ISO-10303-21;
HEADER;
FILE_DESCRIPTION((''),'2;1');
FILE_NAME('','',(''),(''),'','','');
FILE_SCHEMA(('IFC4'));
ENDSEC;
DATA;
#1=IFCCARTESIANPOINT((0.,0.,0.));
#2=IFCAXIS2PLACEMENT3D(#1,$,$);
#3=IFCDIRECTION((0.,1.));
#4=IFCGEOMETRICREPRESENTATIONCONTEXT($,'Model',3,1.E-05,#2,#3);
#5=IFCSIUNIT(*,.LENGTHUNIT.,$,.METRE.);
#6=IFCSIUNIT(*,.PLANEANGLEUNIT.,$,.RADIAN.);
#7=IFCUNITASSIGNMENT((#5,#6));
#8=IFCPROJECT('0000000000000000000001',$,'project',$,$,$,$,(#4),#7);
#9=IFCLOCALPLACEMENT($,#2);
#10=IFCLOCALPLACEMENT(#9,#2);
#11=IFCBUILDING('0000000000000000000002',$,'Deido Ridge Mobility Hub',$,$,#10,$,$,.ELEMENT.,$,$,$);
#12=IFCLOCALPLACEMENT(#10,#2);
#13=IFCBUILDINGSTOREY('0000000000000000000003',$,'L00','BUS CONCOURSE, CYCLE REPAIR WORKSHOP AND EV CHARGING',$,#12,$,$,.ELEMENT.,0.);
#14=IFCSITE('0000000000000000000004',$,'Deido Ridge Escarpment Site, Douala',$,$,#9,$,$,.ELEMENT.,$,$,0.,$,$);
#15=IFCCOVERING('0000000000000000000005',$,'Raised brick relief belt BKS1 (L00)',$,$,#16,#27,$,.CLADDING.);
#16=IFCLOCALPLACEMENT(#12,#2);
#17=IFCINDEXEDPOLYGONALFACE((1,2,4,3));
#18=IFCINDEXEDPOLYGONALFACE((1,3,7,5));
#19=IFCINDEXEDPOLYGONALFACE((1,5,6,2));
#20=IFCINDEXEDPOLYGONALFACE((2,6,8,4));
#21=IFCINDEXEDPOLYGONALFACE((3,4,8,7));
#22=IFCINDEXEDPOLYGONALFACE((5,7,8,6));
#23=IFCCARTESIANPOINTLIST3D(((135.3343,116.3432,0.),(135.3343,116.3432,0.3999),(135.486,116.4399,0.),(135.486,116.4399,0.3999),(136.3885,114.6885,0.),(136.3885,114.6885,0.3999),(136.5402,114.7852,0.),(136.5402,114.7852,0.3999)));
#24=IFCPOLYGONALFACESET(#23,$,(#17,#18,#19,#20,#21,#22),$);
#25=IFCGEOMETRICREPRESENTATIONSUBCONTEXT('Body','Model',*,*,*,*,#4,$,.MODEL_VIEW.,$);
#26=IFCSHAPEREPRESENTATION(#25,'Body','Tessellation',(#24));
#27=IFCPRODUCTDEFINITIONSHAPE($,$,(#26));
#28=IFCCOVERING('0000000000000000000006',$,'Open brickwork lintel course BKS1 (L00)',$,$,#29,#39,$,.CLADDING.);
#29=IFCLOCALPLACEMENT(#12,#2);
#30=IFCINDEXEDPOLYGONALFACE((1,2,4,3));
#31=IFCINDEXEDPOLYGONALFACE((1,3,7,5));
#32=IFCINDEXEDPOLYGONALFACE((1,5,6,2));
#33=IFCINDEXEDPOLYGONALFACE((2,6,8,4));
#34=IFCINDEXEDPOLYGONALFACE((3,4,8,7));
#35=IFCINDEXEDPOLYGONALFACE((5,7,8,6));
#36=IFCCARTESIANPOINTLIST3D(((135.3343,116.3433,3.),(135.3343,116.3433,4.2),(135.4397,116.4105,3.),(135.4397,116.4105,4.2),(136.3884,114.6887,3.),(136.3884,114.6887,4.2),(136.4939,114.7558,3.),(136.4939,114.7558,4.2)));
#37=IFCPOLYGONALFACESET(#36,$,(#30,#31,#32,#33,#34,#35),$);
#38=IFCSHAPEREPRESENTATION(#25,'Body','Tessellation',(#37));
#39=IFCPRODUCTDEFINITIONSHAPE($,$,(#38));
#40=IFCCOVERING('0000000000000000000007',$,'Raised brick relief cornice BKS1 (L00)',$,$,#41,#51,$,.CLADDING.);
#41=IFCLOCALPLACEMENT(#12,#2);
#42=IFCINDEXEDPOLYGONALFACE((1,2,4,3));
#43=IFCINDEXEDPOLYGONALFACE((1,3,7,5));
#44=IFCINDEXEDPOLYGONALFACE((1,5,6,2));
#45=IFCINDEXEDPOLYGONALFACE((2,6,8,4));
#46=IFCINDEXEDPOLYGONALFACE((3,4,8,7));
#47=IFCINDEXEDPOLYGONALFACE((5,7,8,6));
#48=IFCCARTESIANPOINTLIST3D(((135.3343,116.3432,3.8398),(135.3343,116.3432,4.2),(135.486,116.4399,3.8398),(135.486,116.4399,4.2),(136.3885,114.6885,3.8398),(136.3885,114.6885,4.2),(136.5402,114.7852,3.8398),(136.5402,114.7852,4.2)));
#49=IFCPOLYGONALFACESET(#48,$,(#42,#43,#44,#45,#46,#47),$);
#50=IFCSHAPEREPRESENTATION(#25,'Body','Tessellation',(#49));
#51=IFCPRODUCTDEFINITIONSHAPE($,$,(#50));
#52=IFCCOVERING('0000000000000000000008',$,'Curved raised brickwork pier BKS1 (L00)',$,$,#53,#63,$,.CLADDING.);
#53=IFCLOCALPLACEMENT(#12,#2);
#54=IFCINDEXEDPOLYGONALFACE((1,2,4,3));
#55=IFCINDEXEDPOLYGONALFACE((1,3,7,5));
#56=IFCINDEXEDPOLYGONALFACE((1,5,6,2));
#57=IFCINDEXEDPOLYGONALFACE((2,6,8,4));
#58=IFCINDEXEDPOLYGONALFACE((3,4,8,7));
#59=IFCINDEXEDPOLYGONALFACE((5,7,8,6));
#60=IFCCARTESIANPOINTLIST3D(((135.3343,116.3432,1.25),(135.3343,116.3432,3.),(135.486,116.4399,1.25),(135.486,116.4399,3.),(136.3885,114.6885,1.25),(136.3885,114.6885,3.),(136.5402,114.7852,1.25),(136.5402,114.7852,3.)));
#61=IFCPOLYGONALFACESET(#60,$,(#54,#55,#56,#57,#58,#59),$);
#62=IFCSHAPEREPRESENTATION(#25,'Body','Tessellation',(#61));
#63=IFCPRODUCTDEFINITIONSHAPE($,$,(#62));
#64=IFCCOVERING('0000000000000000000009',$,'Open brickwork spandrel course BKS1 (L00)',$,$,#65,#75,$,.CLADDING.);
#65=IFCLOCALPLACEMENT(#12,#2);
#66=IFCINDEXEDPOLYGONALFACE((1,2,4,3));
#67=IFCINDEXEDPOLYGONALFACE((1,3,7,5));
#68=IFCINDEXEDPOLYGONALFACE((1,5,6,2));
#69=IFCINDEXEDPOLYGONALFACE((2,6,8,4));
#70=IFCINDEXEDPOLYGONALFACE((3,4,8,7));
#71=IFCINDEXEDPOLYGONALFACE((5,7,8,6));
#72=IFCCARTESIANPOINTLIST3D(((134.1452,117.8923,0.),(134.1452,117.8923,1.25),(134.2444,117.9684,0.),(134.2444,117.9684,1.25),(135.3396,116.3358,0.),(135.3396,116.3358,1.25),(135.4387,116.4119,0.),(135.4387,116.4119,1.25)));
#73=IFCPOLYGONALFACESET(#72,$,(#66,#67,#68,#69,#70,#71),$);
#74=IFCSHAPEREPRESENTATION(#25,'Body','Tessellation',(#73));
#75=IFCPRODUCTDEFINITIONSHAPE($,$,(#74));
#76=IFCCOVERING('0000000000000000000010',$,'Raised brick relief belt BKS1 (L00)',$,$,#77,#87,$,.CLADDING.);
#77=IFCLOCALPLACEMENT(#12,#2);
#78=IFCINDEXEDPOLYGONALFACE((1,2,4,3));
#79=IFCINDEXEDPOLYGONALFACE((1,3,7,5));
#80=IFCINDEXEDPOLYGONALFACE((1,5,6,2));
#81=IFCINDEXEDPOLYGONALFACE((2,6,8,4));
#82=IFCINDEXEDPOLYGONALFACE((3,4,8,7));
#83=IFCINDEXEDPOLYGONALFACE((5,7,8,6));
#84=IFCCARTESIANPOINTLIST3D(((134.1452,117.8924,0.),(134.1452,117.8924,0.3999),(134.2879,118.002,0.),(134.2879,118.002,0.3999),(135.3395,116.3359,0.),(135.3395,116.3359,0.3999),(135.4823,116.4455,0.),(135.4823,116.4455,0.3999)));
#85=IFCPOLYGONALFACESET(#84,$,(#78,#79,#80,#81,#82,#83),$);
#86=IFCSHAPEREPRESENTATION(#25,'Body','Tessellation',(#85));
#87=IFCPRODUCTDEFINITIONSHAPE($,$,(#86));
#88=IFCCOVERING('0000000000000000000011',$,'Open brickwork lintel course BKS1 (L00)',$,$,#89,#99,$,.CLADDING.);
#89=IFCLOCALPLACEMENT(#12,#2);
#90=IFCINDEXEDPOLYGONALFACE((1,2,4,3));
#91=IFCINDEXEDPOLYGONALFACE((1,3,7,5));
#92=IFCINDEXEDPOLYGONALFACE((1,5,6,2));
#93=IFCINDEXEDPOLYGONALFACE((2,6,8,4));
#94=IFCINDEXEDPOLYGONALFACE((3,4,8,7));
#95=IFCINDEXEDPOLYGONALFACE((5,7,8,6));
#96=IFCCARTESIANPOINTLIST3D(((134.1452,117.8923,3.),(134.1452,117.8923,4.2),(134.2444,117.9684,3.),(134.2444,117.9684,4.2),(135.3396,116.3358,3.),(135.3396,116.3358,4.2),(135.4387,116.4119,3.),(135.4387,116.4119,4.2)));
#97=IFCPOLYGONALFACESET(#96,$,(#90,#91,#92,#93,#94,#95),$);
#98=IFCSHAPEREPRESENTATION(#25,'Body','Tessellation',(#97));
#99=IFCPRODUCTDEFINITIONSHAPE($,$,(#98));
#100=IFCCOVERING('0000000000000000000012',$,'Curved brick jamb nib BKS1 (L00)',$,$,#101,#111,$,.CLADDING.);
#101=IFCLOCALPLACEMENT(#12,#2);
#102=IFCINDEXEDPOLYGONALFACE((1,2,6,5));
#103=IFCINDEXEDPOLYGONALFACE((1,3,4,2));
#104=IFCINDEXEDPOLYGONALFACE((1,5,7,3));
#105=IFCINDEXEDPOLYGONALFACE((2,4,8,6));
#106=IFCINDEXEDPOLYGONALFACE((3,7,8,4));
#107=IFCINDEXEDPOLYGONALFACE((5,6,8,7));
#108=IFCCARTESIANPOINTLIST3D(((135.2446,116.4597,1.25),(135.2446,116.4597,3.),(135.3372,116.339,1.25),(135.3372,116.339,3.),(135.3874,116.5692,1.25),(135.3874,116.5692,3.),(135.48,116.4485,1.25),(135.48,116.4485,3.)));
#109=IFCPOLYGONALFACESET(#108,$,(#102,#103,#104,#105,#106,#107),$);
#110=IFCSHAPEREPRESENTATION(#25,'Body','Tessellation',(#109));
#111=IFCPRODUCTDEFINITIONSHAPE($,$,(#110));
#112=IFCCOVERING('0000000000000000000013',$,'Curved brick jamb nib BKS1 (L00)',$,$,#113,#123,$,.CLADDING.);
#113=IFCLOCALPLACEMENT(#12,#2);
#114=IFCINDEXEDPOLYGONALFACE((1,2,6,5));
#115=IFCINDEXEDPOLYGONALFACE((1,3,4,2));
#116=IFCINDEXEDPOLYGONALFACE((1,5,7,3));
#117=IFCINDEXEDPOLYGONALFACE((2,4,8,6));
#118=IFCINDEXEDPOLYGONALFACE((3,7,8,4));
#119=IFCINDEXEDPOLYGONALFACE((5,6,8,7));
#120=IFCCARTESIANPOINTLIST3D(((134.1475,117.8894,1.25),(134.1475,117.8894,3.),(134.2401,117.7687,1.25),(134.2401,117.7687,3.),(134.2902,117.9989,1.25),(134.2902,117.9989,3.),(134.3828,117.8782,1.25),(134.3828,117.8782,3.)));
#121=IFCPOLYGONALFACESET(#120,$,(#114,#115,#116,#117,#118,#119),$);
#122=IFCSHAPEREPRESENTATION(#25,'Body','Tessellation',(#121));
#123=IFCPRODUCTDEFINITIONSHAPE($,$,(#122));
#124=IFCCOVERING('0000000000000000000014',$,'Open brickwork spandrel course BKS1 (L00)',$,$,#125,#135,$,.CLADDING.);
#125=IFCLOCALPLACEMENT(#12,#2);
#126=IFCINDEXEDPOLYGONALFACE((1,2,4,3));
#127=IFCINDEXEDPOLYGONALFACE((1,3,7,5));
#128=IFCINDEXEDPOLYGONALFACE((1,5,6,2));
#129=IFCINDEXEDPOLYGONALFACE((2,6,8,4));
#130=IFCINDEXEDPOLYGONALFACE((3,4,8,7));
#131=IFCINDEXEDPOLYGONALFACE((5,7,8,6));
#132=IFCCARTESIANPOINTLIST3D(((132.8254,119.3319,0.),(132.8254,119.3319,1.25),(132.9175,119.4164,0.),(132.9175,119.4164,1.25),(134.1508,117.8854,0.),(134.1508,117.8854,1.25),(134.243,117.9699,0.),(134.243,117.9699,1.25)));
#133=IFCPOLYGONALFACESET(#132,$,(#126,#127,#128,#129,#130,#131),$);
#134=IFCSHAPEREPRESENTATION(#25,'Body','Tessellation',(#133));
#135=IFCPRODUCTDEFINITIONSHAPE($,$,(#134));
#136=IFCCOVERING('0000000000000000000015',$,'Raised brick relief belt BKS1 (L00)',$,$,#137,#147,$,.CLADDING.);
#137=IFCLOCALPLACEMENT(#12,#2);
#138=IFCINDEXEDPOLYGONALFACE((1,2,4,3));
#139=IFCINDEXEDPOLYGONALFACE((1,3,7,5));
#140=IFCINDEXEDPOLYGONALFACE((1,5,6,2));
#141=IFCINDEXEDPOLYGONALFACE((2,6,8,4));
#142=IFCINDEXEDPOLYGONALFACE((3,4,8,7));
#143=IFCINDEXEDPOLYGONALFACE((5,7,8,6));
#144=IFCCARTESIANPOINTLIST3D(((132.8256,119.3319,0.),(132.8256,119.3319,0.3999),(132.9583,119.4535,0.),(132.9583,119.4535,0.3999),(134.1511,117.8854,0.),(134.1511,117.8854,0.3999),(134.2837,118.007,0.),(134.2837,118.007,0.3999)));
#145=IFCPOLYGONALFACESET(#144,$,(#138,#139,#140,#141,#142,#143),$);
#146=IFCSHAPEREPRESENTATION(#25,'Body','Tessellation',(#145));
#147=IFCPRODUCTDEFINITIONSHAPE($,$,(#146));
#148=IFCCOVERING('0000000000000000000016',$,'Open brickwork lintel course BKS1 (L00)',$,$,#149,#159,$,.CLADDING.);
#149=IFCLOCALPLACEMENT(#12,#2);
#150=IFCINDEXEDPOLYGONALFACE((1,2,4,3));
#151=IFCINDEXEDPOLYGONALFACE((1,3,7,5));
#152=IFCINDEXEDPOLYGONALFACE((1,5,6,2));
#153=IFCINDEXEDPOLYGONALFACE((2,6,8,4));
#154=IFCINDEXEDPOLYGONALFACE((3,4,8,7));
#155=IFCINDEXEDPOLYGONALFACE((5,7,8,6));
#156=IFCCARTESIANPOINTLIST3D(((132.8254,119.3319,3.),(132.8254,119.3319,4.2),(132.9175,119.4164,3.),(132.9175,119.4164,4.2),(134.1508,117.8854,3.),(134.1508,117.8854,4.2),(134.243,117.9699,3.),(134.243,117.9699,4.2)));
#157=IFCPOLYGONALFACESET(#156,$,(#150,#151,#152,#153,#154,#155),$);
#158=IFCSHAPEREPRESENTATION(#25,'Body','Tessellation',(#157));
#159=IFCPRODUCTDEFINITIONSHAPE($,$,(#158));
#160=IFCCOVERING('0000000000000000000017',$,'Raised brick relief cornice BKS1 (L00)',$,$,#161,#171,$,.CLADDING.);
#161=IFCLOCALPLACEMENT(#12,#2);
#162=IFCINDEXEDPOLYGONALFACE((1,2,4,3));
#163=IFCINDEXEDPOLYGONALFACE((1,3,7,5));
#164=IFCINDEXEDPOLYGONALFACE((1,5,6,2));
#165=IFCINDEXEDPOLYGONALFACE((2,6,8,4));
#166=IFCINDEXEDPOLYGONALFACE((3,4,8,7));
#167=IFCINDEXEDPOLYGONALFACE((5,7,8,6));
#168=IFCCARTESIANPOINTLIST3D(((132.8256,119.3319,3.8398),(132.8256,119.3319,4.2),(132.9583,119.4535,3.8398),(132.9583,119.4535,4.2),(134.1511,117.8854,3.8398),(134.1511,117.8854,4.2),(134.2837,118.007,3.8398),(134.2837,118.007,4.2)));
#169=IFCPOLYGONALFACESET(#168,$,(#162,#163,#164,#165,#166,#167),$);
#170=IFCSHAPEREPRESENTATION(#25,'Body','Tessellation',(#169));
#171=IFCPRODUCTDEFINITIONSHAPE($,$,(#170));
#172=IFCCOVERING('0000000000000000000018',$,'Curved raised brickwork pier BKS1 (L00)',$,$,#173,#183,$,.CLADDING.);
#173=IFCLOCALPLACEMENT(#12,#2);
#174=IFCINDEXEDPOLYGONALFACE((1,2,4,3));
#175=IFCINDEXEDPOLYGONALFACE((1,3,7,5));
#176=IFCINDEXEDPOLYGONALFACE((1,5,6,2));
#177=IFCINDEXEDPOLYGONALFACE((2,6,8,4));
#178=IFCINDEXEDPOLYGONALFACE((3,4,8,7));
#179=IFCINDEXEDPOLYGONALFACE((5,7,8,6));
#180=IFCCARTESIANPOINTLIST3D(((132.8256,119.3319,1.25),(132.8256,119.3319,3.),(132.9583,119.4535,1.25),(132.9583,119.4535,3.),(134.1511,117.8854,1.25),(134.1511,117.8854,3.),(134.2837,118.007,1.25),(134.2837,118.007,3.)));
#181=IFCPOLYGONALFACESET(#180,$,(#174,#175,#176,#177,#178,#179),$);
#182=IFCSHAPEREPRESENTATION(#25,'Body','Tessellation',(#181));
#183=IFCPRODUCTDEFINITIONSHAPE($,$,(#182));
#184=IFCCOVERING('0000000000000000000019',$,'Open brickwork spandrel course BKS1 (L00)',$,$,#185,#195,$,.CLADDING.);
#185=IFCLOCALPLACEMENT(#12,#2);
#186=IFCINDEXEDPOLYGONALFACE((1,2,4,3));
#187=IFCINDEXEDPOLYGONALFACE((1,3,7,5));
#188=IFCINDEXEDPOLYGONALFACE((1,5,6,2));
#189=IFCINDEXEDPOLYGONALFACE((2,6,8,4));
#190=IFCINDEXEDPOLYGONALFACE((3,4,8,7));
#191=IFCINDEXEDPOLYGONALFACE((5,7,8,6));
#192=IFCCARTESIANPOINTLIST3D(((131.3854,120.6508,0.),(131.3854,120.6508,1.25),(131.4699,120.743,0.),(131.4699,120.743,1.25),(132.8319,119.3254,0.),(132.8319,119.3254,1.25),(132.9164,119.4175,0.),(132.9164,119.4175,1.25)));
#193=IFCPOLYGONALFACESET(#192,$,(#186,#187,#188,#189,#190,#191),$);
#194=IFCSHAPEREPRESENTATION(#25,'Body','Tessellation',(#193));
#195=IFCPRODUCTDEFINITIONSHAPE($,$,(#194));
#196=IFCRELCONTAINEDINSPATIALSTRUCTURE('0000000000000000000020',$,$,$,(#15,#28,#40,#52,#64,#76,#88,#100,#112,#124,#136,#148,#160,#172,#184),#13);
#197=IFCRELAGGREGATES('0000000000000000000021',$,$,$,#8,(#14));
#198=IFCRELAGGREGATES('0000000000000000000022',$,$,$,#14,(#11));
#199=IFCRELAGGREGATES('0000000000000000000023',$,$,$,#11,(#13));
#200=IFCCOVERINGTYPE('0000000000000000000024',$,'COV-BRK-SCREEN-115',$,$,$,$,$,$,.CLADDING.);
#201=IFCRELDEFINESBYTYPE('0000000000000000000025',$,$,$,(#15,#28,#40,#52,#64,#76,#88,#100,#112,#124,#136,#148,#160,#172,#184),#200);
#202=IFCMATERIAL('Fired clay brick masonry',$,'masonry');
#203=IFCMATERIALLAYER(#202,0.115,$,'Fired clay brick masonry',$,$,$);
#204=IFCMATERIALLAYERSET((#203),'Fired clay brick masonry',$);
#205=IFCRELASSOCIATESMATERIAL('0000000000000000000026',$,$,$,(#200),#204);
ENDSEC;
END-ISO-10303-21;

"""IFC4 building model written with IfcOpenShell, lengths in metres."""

from ifc_helpers import new_model, si_unit, direction, frame, origin, origin_2d, place, context, subcontext, project, spatial, rectangle, extrude, material, layer, layer_set, type_object, element, save


model = new_model("IFC4")

# Units and contexts
model_context = context("Model", 3, precision=1e-05, world=origin(), true_north=direction((0.0, 1.0)))
body_context = subcontext(model_context, "Body", "Model", "MODEL_VIEW")
ifc_project = project(units=[si_unit("LENGTHUNIT", "METRE"), si_unit("PLANEANGLEUNIT", "RADIAN")], contexts=[model_context])

# Site, building, storey
site_placement = place(None, origin())
site = spatial("IfcSite", under=ifc_project, at=site_placement, Name="Deido Ridge Escarpment Site, Douala", CompositionType="ELEMENT", RefElevation=0.0)
building_placement = place(site_placement, origin())
building = spatial("IfcBuilding", under=site, at=building_placement, Name="Deido Ridge Mobility Hub", CompositionType="ELEMENT")
storey_placement = place(building_placement, origin())
storey = spatial("IfcBuildingStorey", under=building, at=storey_placement, Name="L00", Description="BUS CONCOURSE, CYCLE REPAIR WORKSHOP AND EV CHARGING", CompositionType="ELEMENT", Elevation=0.0)

# Coverings
ifc_material_1 = material(Name="Fired clay brick masonry", Category="masonry")
ifc_layer = layer(ifc_material_1, 0.115, Name="Fired clay brick masonry")
ifc_layer_set = layer_set([ifc_layer], Name="Fired clay brick masonry")
covering_type = type_object("IfcCoveringType", Name="COV-BRK-SCREEN-115", PredefinedType="CLADDING", material=ifc_layer_set)
covering_1_placement = place(storey_placement, frame((135.9373, 115.5642, 0.0), z_axis=(0.0, 0.0, 1.0), x_axis=(-0.537314, 0.843382, 0.0)))
element("IfcCovering", 1, at=covering_1_placement, inside=storey, type_object=covering_type, Name="Raised brick relief belt BKS1 (L00)", PredefinedType="CLADDING", context=body_context, shape_type="SweptSolid", body=[
    extrude(rectangle(XDim=1.9619, YDim=0.1799, at=origin_2d()), origin(), (0.0, 0.0, 1.0), 0.3999),
])
covering_2_placement = place(storey_placement, frame((135.9141, 115.5496, 3.0), z_axis=(0.0, 0.0, 1.0), x_axis=(-0.537314, 0.843382, 0.0)))
element("IfcCovering", 2, at=covering_2_placement, inside=storey, type_object=covering_type, Name="Open brickwork lintel course BKS1 (L00)", PredefinedType="CLADDING", context=body_context, shape_type="SweptSolid", body=[
    extrude(rectangle(XDim=1.9619, YDim=0.125, at=origin_2d()), origin(), (0.0, 0.0, 1.0), 1.2),
])
covering_3_placement = place(storey_placement, frame((135.9373, 115.5642, 3.8398), z_axis=(0.0, 0.0, 1.0), x_axis=(-0.537314, 0.843382, 0.0)))
element("IfcCovering", 3, at=covering_3_placement, inside=storey, type_object=covering_type, Name="Raised brick relief cornice BKS1 (L00)", PredefinedType="CLADDING", context=body_context, shape_type="SweptSolid", body=[
    extrude(rectangle(XDim=1.9619, YDim=0.1799, at=origin_2d()), origin(), (0.0, 0.0, 1.0), 0.3601),
])
covering_4_placement = place(storey_placement, frame((135.9373, 115.5642, 1.25), z_axis=(0.0, 0.0, 1.0), x_axis=(-0.537314, 0.843382, 0.0)))
element("IfcCovering", 4, at=covering_4_placement, inside=storey, type_object=covering_type, Name="Curved raised brickwork pier BKS1 (L00)", PredefinedType="CLADDING", context=body_context, shape_type="SweptSolid", body=[
    extrude(rectangle(XDim=1.9619, YDim=0.1799, at=origin_2d()), origin(), (0.0, 0.0, 1.0), 1.75),
])
covering_5_placement = place(storey_placement, frame((134.792, 117.1521, 0.0), z_axis=(0.0, 0.0, 1.0), x_axis=(-0.608761, 0.793353, 0.0)))
element("IfcCovering", 5, at=covering_5_placement, inside=storey, type_object=covering_type, Name="Open brickwork spandrel course BKS1 (L00)", PredefinedType="CLADDING", context=body_context, shape_type="SweptSolid", body=[
    extrude(rectangle(XDim=1.9619, YDim=0.125, at=origin_2d()), origin(), (0.0, 0.0, 1.0), 1.25),
])
covering_6_placement = place(storey_placement, frame((134.8137, 117.1689, 0.0), z_axis=(0.0, 0.0, 1.0), x_axis=(-0.608761, 0.793353, 0.0)))
element("IfcCovering", 6, at=covering_6_placement, inside=storey, type_object=covering_type, Name="Raised brick relief belt BKS1 (L00)", PredefinedType="CLADDING", context=body_context, shape_type="SweptSolid", body=[
    extrude(rectangle(XDim=1.9619, YDim=0.1799, at=origin_2d()), origin(), (0.0, 0.0, 1.0), 0.3999),
])
covering_7_placement = place(storey_placement, frame((134.792, 117.1521, 3.0), z_axis=(0.0, 0.0, 1.0), x_axis=(-0.608761, 0.793353, 0.0)))
element("IfcCovering", 7, at=covering_7_placement, inside=storey, type_object=covering_type, Name="Open brickwork lintel course BKS1 (L00)", PredefinedType="CLADDING", context=body_context, shape_type="SweptSolid", body=[
    extrude(rectangle(XDim=1.9619, YDim=0.125, at=origin_2d()), origin(), (0.0, 0.0, 1.0), 1.2),
])
for number, where, z_axis, x_axis, name in (
    (8, (135.3623, 116.4541, 1.25), (0.0, 0.0, 1.0), (-0.608761, 0.793353, 0.0), "Curved brick jamb nib BKS1 (L00)"),
    (9, (134.2651, 117.8838, 1.25), (0.0, 0.0, 1.0), (-0.608761, 0.793353, 0.0), "Curved brick jamb nib BKS1 (L00)"),
):
    element("IfcCovering", number, at=place(storey_placement, frame(where, z_axis=z_axis, x_axis=x_axis)), inside=storey, type_object=covering_type, Name=name, PredefinedType="CLADDING", context=body_context, shape_type="SweptSolid", body=[
        extrude(rectangle(XDim=0.1521, YDim=0.1799, at=origin_2d()), origin(), (0.0, 0.0, 1.0), 1.75),
    ])
covering_8_placement = place(storey_placement, frame((133.5342, 118.6509, 0.0), z_axis=(0.0, 0.0, 1.0), x_axis=(-0.675577, 0.737289, 0.0)))
element("IfcCovering", 10, at=covering_8_placement, inside=storey, type_object=covering_type, Name="Open brickwork spandrel course BKS1 (L00)", PredefinedType="CLADDING", context=body_context, shape_type="SweptSolid", body=[
    extrude(rectangle(XDim=1.9619, YDim=0.125, at=origin_2d()), origin(), (0.0, 0.0, 1.0), 1.25),
])
covering_9_placement = place(storey_placement, frame((133.5547, 118.6694, 0.0), z_axis=(0.0, 0.0, 1.0), x_axis=(-0.675577, 0.737289, 0.0)))
element("IfcCovering", 11, at=covering_9_placement, inside=storey, type_object=covering_type, Name="Raised brick relief belt BKS1 (L00)", PredefinedType="CLADDING", context=body_context, shape_type="SweptSolid", body=[
    extrude(rectangle(XDim=1.9619, YDim=0.1799, at=origin_2d()), origin(), (0.0, 0.0, 1.0), 0.3999),
])
covering_10_placement = place(storey_placement, frame((133.5342, 118.6509, 3.0), z_axis=(0.0, 0.0, 1.0), x_axis=(-0.675577, 0.737289, 0.0)))
element("IfcCovering", 12, at=covering_10_placement, inside=storey, type_object=covering_type, Name="Open brickwork lintel course BKS1 (L00)", PredefinedType="CLADDING", context=body_context, shape_type="SweptSolid", body=[
    extrude(rectangle(XDim=1.9619, YDim=0.125, at=origin_2d()), origin(), (0.0, 0.0, 1.0), 1.2),
])
covering_11_placement = place(storey_placement, frame((133.5547, 118.6694, 3.8398), z_axis=(0.0, 0.0, 1.0), x_axis=(-0.675577, 0.737289, 0.0)))
element("IfcCovering", 13, at=covering_11_placement, inside=storey, type_object=covering_type, Name="Raised brick relief cornice BKS1 (L00)", PredefinedType="CLADDING", context=body_context, shape_type="SweptSolid", body=[
    extrude(rectangle(XDim=1.9619, YDim=0.1799, at=origin_2d()), origin(), (0.0, 0.0, 1.0), 0.3601),
])
covering_12_placement = place(storey_placement, frame((133.5547, 118.6694, 1.25), z_axis=(0.0, 0.0, 1.0), x_axis=(-0.675577, 0.737289, 0.0)))
element("IfcCovering", 14, at=covering_12_placement, inside=storey, type_object=covering_type, Name="Curved raised brickwork pier BKS1 (L00)", PredefinedType="CLADDING", context=body_context, shape_type="SweptSolid", body=[
    extrude(rectangle(XDim=1.9619, YDim=0.1799, at=origin_2d()), origin(), (0.0, 0.0, 1.0), 1.75),
])
covering_13_placement = place(storey_placement, frame((132.1509, 120.0342, 0.0), z_axis=(0.0, 0.0, 1.0), x_axis=(-0.737289, 0.675577, 0.0)))
element("IfcCovering", 15, at=covering_13_placement, inside=storey, type_object=covering_type, Name="Open brickwork spandrel course BKS1 (L00)", PredefinedType="CLADDING", context=body_context, shape_type="SweptSolid", body=[
    extrude(rectangle(XDim=1.9619, YDim=0.125, at=origin_2d()), origin(), (0.0, 0.0, 1.0), 1.25),
])

save(model, "model.ifc")
